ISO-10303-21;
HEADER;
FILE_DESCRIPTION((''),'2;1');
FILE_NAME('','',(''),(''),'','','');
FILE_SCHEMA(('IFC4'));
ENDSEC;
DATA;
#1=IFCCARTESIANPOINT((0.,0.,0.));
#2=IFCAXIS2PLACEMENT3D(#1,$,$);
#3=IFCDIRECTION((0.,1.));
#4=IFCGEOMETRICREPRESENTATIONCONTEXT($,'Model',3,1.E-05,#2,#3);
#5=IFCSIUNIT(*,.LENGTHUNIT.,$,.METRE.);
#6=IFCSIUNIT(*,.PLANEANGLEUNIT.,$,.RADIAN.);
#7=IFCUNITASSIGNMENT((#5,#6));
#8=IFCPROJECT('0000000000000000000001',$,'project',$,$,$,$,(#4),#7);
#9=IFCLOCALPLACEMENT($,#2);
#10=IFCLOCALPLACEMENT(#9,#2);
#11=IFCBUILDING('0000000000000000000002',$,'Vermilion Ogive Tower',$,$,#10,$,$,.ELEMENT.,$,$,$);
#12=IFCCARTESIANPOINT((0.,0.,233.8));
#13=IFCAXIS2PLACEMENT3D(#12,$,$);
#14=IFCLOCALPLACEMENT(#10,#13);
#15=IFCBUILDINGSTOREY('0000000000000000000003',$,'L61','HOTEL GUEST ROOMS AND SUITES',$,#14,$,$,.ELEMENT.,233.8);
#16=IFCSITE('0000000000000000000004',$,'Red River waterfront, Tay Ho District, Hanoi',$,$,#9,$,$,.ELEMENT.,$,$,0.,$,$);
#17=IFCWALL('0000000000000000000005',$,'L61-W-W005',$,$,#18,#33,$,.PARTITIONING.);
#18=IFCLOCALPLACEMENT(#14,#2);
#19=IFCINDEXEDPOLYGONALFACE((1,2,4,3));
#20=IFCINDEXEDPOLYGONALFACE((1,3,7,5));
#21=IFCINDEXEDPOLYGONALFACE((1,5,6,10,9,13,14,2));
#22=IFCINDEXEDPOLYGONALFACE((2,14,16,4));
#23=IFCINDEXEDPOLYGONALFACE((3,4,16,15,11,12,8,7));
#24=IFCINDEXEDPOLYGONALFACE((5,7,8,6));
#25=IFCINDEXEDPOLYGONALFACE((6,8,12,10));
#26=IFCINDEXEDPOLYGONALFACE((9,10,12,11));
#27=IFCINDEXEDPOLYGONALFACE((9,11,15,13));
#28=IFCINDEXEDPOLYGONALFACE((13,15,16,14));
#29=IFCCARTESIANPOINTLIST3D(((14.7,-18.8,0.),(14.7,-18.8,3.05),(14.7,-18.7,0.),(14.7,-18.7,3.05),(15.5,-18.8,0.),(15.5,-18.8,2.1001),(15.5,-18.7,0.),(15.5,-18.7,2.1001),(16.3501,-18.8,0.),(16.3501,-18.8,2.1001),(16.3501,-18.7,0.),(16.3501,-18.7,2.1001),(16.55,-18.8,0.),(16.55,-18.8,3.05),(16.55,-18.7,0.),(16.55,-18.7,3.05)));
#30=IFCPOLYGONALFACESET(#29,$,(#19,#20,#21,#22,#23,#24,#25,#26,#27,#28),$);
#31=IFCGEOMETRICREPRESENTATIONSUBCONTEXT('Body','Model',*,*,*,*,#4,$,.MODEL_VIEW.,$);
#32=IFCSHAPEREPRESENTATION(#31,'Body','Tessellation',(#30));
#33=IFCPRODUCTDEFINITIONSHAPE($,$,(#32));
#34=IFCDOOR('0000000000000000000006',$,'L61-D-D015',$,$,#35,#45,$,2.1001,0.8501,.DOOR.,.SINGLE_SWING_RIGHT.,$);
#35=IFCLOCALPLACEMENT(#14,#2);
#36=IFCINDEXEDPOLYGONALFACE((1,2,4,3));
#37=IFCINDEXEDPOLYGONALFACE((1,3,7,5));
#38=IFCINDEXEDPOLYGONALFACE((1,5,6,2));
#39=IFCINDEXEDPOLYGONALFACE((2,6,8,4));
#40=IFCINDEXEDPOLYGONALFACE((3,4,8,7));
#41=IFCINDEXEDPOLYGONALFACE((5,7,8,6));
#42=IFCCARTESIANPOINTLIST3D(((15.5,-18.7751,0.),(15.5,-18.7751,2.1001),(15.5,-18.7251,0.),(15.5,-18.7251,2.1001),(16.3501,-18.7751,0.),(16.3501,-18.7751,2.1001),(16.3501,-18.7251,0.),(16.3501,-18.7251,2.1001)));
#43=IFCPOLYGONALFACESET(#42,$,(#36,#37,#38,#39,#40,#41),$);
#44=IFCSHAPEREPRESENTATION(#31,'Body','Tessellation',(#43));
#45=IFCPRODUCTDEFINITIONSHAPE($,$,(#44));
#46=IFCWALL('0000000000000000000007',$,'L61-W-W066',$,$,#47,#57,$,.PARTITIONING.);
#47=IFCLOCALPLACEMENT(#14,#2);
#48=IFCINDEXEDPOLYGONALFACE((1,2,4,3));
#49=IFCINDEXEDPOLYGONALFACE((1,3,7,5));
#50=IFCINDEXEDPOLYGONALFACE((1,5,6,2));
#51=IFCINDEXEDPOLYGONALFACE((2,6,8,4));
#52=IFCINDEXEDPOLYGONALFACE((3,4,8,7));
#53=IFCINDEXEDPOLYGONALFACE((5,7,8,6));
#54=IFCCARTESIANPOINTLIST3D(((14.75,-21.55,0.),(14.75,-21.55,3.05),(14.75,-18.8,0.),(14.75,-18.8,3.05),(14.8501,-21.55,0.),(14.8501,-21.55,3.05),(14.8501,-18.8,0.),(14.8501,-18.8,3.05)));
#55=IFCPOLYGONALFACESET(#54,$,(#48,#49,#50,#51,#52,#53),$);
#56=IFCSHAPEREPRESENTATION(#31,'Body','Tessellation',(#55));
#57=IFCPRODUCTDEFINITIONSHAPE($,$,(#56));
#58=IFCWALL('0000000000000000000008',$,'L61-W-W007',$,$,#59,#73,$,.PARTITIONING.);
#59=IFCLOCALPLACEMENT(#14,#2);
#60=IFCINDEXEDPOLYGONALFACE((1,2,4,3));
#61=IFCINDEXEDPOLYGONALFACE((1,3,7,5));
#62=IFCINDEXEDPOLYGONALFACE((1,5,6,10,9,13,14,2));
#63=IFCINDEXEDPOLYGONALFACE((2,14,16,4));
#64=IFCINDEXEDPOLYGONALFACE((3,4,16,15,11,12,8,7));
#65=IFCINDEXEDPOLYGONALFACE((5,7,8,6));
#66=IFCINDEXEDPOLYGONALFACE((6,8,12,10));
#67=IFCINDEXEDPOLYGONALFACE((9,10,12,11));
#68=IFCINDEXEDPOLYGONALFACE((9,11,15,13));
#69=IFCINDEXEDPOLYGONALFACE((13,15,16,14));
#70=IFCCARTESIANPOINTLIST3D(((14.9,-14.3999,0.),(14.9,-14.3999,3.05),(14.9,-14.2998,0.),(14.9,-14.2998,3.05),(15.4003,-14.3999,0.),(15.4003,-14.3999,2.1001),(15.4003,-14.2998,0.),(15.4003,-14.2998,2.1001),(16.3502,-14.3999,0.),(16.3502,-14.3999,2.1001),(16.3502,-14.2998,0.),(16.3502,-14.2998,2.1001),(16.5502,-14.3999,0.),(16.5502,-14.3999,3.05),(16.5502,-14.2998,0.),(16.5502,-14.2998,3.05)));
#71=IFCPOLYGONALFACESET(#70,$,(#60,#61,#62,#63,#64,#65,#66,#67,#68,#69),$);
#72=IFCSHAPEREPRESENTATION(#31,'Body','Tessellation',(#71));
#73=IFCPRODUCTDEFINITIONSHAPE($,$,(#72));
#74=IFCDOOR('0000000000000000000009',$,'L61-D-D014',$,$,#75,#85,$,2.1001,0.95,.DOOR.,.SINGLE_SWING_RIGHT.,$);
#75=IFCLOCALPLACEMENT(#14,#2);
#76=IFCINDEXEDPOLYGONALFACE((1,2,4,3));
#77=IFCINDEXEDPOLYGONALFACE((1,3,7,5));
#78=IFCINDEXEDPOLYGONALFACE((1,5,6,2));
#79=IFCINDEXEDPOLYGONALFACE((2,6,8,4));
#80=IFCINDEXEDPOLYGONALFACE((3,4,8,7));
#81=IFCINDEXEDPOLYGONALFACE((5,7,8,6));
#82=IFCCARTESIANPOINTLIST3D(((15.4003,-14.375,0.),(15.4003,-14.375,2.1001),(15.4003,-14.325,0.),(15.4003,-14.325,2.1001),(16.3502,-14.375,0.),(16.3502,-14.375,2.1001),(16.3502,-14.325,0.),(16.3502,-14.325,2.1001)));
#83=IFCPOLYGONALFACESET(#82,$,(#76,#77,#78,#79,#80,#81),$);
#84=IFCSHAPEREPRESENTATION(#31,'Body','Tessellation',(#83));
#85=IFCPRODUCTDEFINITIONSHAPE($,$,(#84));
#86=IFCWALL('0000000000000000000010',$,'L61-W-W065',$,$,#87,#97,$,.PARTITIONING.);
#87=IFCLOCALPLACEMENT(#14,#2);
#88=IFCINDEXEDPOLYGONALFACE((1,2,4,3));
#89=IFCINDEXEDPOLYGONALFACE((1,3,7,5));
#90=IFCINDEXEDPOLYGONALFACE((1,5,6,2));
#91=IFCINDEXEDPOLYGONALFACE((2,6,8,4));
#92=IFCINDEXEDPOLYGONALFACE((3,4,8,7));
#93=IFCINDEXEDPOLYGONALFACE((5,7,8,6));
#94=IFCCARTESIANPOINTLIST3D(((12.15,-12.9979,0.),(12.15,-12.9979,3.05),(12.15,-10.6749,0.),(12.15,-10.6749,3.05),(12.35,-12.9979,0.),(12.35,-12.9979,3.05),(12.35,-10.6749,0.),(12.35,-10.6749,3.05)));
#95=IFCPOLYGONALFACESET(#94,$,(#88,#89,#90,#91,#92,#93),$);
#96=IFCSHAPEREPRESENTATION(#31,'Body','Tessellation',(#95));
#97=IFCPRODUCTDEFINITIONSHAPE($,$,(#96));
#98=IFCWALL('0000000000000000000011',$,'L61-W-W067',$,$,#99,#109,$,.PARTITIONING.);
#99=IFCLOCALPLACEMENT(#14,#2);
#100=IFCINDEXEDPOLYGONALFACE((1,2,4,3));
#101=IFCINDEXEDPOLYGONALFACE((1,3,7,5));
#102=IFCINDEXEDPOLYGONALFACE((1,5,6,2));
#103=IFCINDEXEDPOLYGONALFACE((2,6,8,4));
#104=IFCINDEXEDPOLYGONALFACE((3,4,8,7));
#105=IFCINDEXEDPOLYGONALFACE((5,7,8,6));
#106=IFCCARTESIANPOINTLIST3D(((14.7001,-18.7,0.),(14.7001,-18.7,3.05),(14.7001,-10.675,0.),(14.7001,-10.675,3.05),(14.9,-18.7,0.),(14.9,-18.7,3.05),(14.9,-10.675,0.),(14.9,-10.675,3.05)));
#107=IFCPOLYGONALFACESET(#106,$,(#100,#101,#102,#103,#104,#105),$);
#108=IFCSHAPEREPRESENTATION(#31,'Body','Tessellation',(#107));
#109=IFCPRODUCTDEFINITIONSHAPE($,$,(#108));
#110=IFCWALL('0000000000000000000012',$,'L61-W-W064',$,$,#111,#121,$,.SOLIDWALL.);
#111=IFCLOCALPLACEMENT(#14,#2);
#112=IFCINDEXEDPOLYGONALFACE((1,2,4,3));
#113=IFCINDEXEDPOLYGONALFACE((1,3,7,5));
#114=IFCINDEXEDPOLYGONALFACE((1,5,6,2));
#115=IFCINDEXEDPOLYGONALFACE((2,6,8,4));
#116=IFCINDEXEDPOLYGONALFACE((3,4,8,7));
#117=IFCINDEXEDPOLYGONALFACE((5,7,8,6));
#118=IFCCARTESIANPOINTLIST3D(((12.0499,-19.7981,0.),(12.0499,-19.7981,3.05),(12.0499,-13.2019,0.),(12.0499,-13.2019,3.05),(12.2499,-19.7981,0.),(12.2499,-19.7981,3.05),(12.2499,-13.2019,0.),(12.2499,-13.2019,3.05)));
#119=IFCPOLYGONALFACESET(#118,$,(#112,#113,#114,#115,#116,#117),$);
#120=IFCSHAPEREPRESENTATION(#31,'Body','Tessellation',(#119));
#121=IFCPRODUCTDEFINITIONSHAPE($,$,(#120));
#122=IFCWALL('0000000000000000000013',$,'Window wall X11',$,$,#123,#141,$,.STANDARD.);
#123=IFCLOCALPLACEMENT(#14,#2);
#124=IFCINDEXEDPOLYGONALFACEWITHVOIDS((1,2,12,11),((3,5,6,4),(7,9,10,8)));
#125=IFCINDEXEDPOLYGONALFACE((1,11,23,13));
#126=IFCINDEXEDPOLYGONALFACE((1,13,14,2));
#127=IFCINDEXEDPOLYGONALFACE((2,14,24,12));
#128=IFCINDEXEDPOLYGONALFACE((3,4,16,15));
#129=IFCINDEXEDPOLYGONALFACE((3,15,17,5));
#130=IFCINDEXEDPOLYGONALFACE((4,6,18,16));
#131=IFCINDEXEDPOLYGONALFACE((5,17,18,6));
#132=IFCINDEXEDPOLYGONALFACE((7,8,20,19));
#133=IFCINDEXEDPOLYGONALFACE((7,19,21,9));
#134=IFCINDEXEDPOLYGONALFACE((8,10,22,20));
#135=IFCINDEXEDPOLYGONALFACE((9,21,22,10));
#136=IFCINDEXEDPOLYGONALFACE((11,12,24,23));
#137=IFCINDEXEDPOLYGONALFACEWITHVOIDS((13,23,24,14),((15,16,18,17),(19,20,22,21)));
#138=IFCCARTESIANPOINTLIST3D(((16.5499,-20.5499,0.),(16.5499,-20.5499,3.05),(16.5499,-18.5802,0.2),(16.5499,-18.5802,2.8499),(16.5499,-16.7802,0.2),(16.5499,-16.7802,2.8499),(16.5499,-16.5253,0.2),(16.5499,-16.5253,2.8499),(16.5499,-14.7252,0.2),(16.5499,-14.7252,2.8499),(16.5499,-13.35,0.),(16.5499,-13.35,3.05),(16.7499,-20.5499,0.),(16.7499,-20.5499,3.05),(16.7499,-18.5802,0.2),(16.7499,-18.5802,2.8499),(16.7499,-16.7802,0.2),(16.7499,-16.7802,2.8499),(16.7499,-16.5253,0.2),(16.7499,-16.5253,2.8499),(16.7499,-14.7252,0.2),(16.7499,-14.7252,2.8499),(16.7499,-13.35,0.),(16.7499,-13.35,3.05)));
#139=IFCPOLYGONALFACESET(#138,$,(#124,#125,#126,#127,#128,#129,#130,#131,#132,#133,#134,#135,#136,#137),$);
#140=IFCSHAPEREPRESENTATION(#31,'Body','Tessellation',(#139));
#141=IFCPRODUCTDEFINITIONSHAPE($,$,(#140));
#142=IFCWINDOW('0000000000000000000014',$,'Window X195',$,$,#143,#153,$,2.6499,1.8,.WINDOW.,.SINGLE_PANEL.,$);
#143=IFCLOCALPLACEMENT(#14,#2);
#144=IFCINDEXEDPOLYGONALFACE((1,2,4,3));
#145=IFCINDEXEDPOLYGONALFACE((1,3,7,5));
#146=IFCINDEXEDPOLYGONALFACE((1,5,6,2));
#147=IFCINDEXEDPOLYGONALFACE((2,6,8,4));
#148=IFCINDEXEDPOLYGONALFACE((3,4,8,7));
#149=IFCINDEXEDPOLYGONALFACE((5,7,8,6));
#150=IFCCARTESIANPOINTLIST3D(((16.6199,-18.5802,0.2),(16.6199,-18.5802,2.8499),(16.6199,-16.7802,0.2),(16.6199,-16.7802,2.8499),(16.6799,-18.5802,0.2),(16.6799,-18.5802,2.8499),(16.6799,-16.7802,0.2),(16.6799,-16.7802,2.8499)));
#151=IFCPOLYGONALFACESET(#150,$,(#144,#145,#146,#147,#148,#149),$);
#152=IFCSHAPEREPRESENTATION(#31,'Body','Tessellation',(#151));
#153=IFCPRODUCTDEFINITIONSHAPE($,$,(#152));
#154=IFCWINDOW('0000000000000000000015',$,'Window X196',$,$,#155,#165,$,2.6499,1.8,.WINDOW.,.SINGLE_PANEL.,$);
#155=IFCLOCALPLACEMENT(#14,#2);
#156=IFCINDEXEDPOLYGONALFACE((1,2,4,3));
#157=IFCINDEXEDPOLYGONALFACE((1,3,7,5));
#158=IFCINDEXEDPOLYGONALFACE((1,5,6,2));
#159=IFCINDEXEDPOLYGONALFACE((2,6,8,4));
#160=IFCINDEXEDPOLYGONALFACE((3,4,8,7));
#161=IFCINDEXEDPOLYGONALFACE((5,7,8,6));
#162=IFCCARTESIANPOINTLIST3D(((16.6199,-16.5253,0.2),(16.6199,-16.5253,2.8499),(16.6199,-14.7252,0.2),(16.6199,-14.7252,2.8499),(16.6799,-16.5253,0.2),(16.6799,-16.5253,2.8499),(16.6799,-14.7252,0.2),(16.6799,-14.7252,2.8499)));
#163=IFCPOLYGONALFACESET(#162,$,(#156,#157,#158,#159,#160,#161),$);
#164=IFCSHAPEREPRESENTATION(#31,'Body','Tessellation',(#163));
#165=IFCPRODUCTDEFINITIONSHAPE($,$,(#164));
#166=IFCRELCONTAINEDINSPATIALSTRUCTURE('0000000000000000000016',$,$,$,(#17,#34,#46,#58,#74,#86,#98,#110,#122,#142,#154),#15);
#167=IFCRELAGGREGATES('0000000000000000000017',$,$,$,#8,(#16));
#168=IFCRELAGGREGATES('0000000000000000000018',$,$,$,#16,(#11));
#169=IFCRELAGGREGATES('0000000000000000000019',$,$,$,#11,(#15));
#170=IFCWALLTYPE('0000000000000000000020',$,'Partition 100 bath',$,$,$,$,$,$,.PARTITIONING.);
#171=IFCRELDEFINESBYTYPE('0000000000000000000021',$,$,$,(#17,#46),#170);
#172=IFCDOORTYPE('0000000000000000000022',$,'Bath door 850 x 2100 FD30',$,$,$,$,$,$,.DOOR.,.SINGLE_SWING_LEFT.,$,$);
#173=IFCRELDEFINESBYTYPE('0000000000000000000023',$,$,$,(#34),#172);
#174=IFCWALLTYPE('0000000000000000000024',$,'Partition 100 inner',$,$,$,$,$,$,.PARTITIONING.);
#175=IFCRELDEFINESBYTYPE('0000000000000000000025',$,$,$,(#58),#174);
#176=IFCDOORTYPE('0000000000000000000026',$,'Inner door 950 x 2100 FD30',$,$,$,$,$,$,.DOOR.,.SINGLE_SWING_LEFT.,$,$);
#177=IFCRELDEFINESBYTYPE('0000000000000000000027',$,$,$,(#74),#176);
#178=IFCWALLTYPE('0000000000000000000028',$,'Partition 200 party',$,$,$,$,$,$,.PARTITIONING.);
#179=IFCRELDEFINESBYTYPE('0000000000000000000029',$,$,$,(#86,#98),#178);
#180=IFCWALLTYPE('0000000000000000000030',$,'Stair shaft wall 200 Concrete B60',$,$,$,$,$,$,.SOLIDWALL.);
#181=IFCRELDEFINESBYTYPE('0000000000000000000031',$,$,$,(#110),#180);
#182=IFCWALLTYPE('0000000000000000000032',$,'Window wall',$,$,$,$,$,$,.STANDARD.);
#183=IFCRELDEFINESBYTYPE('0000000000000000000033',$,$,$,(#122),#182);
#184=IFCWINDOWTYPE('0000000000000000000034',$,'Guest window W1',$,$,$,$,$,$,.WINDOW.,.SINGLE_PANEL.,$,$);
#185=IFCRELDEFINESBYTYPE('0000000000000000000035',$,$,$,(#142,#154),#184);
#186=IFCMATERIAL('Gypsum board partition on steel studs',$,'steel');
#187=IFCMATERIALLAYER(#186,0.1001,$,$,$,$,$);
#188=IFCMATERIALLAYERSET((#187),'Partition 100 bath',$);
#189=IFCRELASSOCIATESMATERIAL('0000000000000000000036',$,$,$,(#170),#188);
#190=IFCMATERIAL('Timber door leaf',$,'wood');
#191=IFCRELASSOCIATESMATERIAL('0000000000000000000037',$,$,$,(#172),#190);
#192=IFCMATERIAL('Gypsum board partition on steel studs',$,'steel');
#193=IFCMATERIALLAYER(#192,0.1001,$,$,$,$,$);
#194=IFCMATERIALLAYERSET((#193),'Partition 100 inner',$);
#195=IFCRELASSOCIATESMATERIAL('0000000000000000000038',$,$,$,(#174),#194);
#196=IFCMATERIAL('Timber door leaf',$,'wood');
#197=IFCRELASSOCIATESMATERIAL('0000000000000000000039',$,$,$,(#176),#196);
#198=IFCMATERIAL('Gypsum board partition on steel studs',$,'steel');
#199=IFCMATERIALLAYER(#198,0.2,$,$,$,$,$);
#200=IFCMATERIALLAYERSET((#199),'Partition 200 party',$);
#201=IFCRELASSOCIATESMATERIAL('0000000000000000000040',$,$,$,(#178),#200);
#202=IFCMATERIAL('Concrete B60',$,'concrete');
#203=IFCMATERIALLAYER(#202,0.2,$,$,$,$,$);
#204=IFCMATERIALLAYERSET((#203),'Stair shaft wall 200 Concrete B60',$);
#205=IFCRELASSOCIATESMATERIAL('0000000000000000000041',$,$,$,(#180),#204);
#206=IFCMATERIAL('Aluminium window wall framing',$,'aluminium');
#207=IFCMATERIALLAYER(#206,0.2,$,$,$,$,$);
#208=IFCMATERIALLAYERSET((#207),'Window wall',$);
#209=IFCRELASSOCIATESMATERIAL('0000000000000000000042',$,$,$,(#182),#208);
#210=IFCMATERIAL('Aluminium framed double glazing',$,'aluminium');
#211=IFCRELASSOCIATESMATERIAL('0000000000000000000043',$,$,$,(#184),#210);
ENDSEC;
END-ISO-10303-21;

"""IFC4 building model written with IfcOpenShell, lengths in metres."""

from ifc_helpers import new_model, si_unit, direction, frame, frame_2d, origin, place, context, subcontext, project, spatial, rectangle, extrude, material, layer, layer_set, type_object, element, fill, save


model = new_model("IFC4")

# Units and contexts
model_context = context("Model", 3, precision=1e-05, world=origin(), true_north=direction((0.0, 1.0)))
body_context = subcontext(model_context, "Body", "Model", "MODEL_VIEW")
ifc_project = project(units=[si_unit("LENGTHUNIT", "METRE"), si_unit("PLANEANGLEUNIT", "RADIAN")], contexts=[model_context])

# Site, building, storey
site_placement = place(None, origin())
site = spatial("IfcSite", under=ifc_project, at=site_placement, Name="Red River waterfront, Tay Ho District, Hanoi", CompositionType="ELEMENT", RefElevation=0.0)
building_placement = place(site_placement, origin())
building = spatial("IfcBuilding", under=site, at=building_placement, Name="Vermilion Ogive Tower", CompositionType="ELEMENT")
storey_placement = place(building_placement, frame((0.0, 0.0, 233.8)))
storey = spatial("IfcBuildingStorey", under=building, at=storey_placement, Name="L61", Description="HOTEL GUEST ROOMS AND SUITES", CompositionType="ELEMENT", Elevation=233.8)

# Wall, opening, door
ifc_material_1 = material(Name="Gypsum board partition on steel studs", Category="steel")
ifc_layer_1 = layer(ifc_material_1, 0.1001)
ifc_layer_set_1 = layer_set([ifc_layer_1], Name="Partition 100 bath")
wall_type_1 = type_object("IfcWallType", Name="Partition 100 bath", PredefinedType="PARTITIONING", material=ifc_layer_set_1)
wall_1_placement = place(storey_placement, frame((14.7, -18.75, 0.0), z_axis=(0.0, 0.0, 1.0), x_axis=(1.0, 0.0, 0.0)))
wall_1 = element("IfcWall", 1, at=wall_1_placement, inside=storey, type_object=wall_type_1, Name="L61-W-W005", PredefinedType="PARTITIONING", context=body_context, shape_type="SweptSolid", body=[
    extrude(rectangle(XDim=1.8501, YDim=0.1001, at=frame_2d((0.925, 0.0))), origin(), (0.0, 0.0, 1.0), 3.05),
])
opening_1_placement = place(wall_1_placement, frame((0.8, 0.0, 0.0)))
opening_1 = element("IfcOpeningElement", 2, at=opening_1_placement, cuts=wall_1, PredefinedType="OPENING", context=body_context, shape_type="SweptSolid", body=[
    extrude(rectangle(XDim=0.8501, YDim=2.1001, at=frame_2d((0.425, 1.05))), frame((0.0, 0.0601, 0.0), z_axis=(0.0, -1.0, 0.0), x_axis=(1.0, 0.0, 0.0)), (0.0, 0.0, 1.0), 0.1201),
])
ifc_material_2 = material(Name="Timber door leaf", Category="wood")
door_type_1 = type_object("IfcDoorType", Name="Bath door 850 x 2100 FD30", OperationType="SINGLE_SWING_LEFT", PredefinedType="DOOR", material=ifc_material_2)
door_1_placement = place(opening_1_placement, origin())
door_1 = element("IfcDoor", 3, at=door_1_placement, inside=storey, type_object=door_type_1, Name="L61-D-D015", OperationType="SINGLE_SWING_RIGHT", OverallHeight=2.1001, OverallWidth=0.8501, PredefinedType="DOOR", context=body_context, shape_type="SweptSolid", body=[
    extrude(rectangle(XDim=0.8501, YDim=2.1001, at=frame_2d((0.425, 1.05))), frame((0.0, 0.0249, 0.0), z_axis=(0.0, -1.0, 0.0), x_axis=(1.0, 0.0, 0.0)), (0.0, 0.0, 1.0), 0.05),
])
fill(opening_1, door_1)

# Wall
wall_2_placement = place(storey_placement, frame((14.8, -21.55, 0.0), z_axis=(0.0, 0.0, 1.0), x_axis=(0.0, 1.0, 0.0)))
element("IfcWall", 4, at=wall_2_placement, inside=storey, type_object=wall_type_1, Name="L61-W-W066", PredefinedType="PARTITIONING", context=body_context, shape_type="SweptSolid", body=[
    extrude(rectangle(XDim=2.75, YDim=0.1001, at=frame_2d((1.375, 0.0))), origin(), (0.0, 0.0, 1.0), 3.05),
])

# Wall, opening, door
ifc_material_3 = material(Name="Gypsum board partition on steel studs", Category="steel")
ifc_layer_2 = layer(ifc_material_3, 0.1001)
ifc_layer_set_2 = layer_set([ifc_layer_2], Name="Partition 100 inner")
wall_type_2 = type_object("IfcWallType", Name="Partition 100 inner", PredefinedType="PARTITIONING", material=ifc_layer_set_2)
wall_3_placement = place(storey_placement, frame((14.8999, -14.3499, 0.0), z_axis=(0.0, 0.0, 1.0), x_axis=(1.0, 0.0, 0.0)))
wall_3 = element("IfcWall", 5, at=wall_3_placement, inside=storey, type_object=wall_type_2, Name="L61-W-W007", PredefinedType="PARTITIONING", context=body_context, shape_type="SweptSolid", body=[
    extrude(rectangle(XDim=1.6501, YDim=0.1001, at=frame_2d((0.8252, 0.0))), origin(), (0.0, 0.0, 1.0), 3.05),
])
opening_2_placement = place(wall_3_placement, frame((0.5002, 0.0, 0.0)))
opening_2 = element("IfcOpeningElement", 6, at=opening_2_placement, cuts=wall_3, PredefinedType="OPENING", context=body_context, shape_type="SweptSolid", body=[
    extrude(rectangle(XDim=0.95, YDim=2.1001, at=frame_2d((0.4751, 1.05))), frame((0.0, 0.0601, 0.0), z_axis=(0.0, -1.0, 0.0), x_axis=(1.0, 0.0, 0.0)), (0.0, 0.0, 1.0), 0.1201),
])
ifc_material_4 = material(Name="Timber door leaf", Category="wood")
door_type_2 = type_object("IfcDoorType", Name="Inner door 950 x 2100 FD30", OperationType="SINGLE_SWING_LEFT", PredefinedType="DOOR", material=ifc_material_4)
door_2_placement = place(opening_2_placement, origin())
door_2 = element("IfcDoor", 7, at=door_2_placement, inside=storey, type_object=door_type_2, Name="L61-D-D014", OperationType="SINGLE_SWING_RIGHT", OverallHeight=2.1001, OverallWidth=0.95, PredefinedType="DOOR", context=body_context, shape_type="SweptSolid", body=[
    extrude(rectangle(XDim=0.95, YDim=2.1001, at=frame_2d((0.4751, 1.05))), frame((0.0, 0.0249, 0.0), z_axis=(0.0, -1.0, 0.0), x_axis=(1.0, 0.0, 0.0)), (0.0, 0.0, 1.0), 0.05),
])
fill(opening_2, door_2)

# Walls
ifc_material_5 = material(Name="Gypsum board partition on steel studs", Category="steel")
ifc_layer_3 = layer(ifc_material_5, 0.2)
ifc_layer_set_3 = layer_set([ifc_layer_3], Name="Partition 200 party")
wall_type_3 = type_object("IfcWallType", Name="Partition 200 party", PredefinedType="PARTITIONING", material=ifc_layer_set_3)
wall_4_placement = place(storey_placement, frame((12.25, -12.998, 0.0), z_axis=(0.0, 0.0, 1.0), x_axis=(0.0, 1.0, 0.0)))
element("IfcWall", 8, at=wall_4_placement, inside=storey, type_object=wall_type_3, Name="L61-W-W065", PredefinedType="PARTITIONING", context=body_context, shape_type="SweptSolid", body=[
    extrude(rectangle(XDim=2.323, YDim=0.2, at=frame_2d((1.1616, 0.0))), origin(), (0.0, 0.0, 1.0), 3.05),
])
wall_5_placement = place(storey_placement, frame((14.8, -18.7, 0.0), z_axis=(0.0, 0.0, 1.0), x_axis=(0.0, 1.0, 0.0)))
element("IfcWall", 9, at=wall_5_placement, inside=storey, type_object=wall_type_3, Name="L61-W-W067", PredefinedType="PARTITIONING", context=body_context, shape_type="SweptSolid", body=[
    extrude(rectangle(XDim=8.0249, YDim=0.2, at=frame_2d((4.0125, 0.0))), origin(), (0.0, 0.0, 1.0), 3.05),
])
ifc_material_6 = material(Name="Concrete B60", Category="concrete")
ifc_layer_4 = layer(ifc_material_6, 0.2)
ifc_layer_set_4 = layer_set([ifc_layer_4], Name="Stair shaft wall 200 Concrete B60")
wall_type_4 = type_object("IfcWallType", Name="Stair shaft wall 200 Concrete B60", PredefinedType="SOLIDWALL", material=ifc_layer_set_4)
wall_6_placement = place(storey_placement, frame((12.1499, -19.7981, 0.0), z_axis=(0.0, 0.0, 1.0), x_axis=(0.0, 1.0, 0.0)))
element("IfcWall", 10, at=wall_6_placement, inside=storey, type_object=wall_type_4, Name="L61-W-W064", PredefinedType="SOLIDWALL", context=body_context, shape_type="SweptSolid", body=[
    extrude(rectangle(XDim=6.5962, YDim=0.2, at=frame_2d((3.2981, 0.0))), origin(), (0.0, 0.0, 1.0), 3.05),
])

# Wall, openings, windows
ifc_material_7 = material(Name="Aluminium window wall framing", Category="aluminium")
ifc_layer_5 = layer(ifc_material_7, 0.2)
ifc_layer_set_5 = layer_set([ifc_layer_5], Name="Window wall")
wall_type_5 = type_object("IfcWallType", Name="Window wall", PredefinedType="STANDARD", material=ifc_layer_set_5)
wall_7_placement = place(storey_placement, frame((16.6499, -20.55, 0.0), z_axis=(0.0, 0.0, 1.0), x_axis=(0.0, 1.0, 0.0)))
wall_7 = element("IfcWall", 11, at=wall_7_placement, inside=storey, type_object=wall_type_5, Name="Window wall X11", PredefinedType="STANDARD", context=body_context, shape_type="SweptSolid", body=[
    extrude(rectangle(XDim=7.2, YDim=0.2, at=frame_2d((3.6001, 0.0))), origin(), (0.0, 0.0, 1.0), 3.05),
])
opening_3_placement = place(wall_7_placement, frame((1.97, 0.0, 0.2)))
opening_3 = element("IfcOpeningElement", 12, at=opening_3_placement, cuts=wall_7, PredefinedType="OPENING", context=body_context, shape_type="SweptSolid", body=[
    extrude(rectangle(XDim=1.8, YDim=2.6499, at=frame_2d((0.8999, 1.325))), frame((0.0, 0.1099, 0.0), z_axis=(0.0, -1.0, 0.0), x_axis=(1.0, 0.0, 0.0)), (0.0, 0.0, 1.0), 0.22),
])
opening_4_placement = place(wall_7_placement, frame((4.0249, 0.0, 0.2)))
opening_4 = element("IfcOpeningElement", 13, at=opening_4_placement, cuts=wall_7, PredefinedType="OPENING", context=body_context, shape_type="SweptSolid", body=[
    extrude(rectangle(XDim=1.8, YDim=2.6499, at=frame_2d((0.8999, 1.325))), frame((0.0, 0.1099, 0.0), z_axis=(0.0, -1.0, 0.0), x_axis=(1.0, 0.0, 0.0)), (0.0, 0.0, 1.0), 0.22),
])
ifc_material_8 = material(Name="Aluminium framed double glazing", Category="aluminium")
window_type = type_object("IfcWindowType", Name="Guest window W1", PartitioningType="SINGLE_PANEL", PredefinedType="WINDOW", material=ifc_material_8)
window_1_placement = place(opening_3_placement, origin())
window_1 = element("IfcWindow", 14, at=window_1_placement, inside=storey, type_object=window_type, Name="Window X195", OverallHeight=2.6499, OverallWidth=1.8, PartitioningType="SINGLE_PANEL", PredefinedType="WINDOW", context=body_context, shape_type="SweptSolid", body=[
    extrude(rectangle(XDim=1.8, YDim=2.6499, at=frame_2d((0.8999, 1.325))), frame((0.0, 0.03, 0.0), z_axis=(0.0, -1.0, 0.0), x_axis=(1.0, 0.0, 0.0)), (0.0, 0.0, 1.0), 0.0601),
])
fill(opening_3, window_1)
window_2_placement = place(opening_4_placement, origin())
window_2 = element("IfcWindow", 15, at=window_2_placement, inside=storey, type_object=window_type, Name="Window X196", OverallHeight=2.6499, OverallWidth=1.8, PartitioningType="SINGLE_PANEL", PredefinedType="WINDOW", context=body_context, shape_type="SweptSolid", body=[
    extrude(rectangle(XDim=1.8, YDim=2.6499, at=frame_2d((0.8999, 1.325))), frame((0.0, 0.03, 0.0), z_axis=(0.0, -1.0, 0.0), x_axis=(1.0, 0.0, 0.0)), (0.0, 0.0, 1.0), 0.0601),
])
fill(opening_4, window_2)

save(model, "model.ifc")
